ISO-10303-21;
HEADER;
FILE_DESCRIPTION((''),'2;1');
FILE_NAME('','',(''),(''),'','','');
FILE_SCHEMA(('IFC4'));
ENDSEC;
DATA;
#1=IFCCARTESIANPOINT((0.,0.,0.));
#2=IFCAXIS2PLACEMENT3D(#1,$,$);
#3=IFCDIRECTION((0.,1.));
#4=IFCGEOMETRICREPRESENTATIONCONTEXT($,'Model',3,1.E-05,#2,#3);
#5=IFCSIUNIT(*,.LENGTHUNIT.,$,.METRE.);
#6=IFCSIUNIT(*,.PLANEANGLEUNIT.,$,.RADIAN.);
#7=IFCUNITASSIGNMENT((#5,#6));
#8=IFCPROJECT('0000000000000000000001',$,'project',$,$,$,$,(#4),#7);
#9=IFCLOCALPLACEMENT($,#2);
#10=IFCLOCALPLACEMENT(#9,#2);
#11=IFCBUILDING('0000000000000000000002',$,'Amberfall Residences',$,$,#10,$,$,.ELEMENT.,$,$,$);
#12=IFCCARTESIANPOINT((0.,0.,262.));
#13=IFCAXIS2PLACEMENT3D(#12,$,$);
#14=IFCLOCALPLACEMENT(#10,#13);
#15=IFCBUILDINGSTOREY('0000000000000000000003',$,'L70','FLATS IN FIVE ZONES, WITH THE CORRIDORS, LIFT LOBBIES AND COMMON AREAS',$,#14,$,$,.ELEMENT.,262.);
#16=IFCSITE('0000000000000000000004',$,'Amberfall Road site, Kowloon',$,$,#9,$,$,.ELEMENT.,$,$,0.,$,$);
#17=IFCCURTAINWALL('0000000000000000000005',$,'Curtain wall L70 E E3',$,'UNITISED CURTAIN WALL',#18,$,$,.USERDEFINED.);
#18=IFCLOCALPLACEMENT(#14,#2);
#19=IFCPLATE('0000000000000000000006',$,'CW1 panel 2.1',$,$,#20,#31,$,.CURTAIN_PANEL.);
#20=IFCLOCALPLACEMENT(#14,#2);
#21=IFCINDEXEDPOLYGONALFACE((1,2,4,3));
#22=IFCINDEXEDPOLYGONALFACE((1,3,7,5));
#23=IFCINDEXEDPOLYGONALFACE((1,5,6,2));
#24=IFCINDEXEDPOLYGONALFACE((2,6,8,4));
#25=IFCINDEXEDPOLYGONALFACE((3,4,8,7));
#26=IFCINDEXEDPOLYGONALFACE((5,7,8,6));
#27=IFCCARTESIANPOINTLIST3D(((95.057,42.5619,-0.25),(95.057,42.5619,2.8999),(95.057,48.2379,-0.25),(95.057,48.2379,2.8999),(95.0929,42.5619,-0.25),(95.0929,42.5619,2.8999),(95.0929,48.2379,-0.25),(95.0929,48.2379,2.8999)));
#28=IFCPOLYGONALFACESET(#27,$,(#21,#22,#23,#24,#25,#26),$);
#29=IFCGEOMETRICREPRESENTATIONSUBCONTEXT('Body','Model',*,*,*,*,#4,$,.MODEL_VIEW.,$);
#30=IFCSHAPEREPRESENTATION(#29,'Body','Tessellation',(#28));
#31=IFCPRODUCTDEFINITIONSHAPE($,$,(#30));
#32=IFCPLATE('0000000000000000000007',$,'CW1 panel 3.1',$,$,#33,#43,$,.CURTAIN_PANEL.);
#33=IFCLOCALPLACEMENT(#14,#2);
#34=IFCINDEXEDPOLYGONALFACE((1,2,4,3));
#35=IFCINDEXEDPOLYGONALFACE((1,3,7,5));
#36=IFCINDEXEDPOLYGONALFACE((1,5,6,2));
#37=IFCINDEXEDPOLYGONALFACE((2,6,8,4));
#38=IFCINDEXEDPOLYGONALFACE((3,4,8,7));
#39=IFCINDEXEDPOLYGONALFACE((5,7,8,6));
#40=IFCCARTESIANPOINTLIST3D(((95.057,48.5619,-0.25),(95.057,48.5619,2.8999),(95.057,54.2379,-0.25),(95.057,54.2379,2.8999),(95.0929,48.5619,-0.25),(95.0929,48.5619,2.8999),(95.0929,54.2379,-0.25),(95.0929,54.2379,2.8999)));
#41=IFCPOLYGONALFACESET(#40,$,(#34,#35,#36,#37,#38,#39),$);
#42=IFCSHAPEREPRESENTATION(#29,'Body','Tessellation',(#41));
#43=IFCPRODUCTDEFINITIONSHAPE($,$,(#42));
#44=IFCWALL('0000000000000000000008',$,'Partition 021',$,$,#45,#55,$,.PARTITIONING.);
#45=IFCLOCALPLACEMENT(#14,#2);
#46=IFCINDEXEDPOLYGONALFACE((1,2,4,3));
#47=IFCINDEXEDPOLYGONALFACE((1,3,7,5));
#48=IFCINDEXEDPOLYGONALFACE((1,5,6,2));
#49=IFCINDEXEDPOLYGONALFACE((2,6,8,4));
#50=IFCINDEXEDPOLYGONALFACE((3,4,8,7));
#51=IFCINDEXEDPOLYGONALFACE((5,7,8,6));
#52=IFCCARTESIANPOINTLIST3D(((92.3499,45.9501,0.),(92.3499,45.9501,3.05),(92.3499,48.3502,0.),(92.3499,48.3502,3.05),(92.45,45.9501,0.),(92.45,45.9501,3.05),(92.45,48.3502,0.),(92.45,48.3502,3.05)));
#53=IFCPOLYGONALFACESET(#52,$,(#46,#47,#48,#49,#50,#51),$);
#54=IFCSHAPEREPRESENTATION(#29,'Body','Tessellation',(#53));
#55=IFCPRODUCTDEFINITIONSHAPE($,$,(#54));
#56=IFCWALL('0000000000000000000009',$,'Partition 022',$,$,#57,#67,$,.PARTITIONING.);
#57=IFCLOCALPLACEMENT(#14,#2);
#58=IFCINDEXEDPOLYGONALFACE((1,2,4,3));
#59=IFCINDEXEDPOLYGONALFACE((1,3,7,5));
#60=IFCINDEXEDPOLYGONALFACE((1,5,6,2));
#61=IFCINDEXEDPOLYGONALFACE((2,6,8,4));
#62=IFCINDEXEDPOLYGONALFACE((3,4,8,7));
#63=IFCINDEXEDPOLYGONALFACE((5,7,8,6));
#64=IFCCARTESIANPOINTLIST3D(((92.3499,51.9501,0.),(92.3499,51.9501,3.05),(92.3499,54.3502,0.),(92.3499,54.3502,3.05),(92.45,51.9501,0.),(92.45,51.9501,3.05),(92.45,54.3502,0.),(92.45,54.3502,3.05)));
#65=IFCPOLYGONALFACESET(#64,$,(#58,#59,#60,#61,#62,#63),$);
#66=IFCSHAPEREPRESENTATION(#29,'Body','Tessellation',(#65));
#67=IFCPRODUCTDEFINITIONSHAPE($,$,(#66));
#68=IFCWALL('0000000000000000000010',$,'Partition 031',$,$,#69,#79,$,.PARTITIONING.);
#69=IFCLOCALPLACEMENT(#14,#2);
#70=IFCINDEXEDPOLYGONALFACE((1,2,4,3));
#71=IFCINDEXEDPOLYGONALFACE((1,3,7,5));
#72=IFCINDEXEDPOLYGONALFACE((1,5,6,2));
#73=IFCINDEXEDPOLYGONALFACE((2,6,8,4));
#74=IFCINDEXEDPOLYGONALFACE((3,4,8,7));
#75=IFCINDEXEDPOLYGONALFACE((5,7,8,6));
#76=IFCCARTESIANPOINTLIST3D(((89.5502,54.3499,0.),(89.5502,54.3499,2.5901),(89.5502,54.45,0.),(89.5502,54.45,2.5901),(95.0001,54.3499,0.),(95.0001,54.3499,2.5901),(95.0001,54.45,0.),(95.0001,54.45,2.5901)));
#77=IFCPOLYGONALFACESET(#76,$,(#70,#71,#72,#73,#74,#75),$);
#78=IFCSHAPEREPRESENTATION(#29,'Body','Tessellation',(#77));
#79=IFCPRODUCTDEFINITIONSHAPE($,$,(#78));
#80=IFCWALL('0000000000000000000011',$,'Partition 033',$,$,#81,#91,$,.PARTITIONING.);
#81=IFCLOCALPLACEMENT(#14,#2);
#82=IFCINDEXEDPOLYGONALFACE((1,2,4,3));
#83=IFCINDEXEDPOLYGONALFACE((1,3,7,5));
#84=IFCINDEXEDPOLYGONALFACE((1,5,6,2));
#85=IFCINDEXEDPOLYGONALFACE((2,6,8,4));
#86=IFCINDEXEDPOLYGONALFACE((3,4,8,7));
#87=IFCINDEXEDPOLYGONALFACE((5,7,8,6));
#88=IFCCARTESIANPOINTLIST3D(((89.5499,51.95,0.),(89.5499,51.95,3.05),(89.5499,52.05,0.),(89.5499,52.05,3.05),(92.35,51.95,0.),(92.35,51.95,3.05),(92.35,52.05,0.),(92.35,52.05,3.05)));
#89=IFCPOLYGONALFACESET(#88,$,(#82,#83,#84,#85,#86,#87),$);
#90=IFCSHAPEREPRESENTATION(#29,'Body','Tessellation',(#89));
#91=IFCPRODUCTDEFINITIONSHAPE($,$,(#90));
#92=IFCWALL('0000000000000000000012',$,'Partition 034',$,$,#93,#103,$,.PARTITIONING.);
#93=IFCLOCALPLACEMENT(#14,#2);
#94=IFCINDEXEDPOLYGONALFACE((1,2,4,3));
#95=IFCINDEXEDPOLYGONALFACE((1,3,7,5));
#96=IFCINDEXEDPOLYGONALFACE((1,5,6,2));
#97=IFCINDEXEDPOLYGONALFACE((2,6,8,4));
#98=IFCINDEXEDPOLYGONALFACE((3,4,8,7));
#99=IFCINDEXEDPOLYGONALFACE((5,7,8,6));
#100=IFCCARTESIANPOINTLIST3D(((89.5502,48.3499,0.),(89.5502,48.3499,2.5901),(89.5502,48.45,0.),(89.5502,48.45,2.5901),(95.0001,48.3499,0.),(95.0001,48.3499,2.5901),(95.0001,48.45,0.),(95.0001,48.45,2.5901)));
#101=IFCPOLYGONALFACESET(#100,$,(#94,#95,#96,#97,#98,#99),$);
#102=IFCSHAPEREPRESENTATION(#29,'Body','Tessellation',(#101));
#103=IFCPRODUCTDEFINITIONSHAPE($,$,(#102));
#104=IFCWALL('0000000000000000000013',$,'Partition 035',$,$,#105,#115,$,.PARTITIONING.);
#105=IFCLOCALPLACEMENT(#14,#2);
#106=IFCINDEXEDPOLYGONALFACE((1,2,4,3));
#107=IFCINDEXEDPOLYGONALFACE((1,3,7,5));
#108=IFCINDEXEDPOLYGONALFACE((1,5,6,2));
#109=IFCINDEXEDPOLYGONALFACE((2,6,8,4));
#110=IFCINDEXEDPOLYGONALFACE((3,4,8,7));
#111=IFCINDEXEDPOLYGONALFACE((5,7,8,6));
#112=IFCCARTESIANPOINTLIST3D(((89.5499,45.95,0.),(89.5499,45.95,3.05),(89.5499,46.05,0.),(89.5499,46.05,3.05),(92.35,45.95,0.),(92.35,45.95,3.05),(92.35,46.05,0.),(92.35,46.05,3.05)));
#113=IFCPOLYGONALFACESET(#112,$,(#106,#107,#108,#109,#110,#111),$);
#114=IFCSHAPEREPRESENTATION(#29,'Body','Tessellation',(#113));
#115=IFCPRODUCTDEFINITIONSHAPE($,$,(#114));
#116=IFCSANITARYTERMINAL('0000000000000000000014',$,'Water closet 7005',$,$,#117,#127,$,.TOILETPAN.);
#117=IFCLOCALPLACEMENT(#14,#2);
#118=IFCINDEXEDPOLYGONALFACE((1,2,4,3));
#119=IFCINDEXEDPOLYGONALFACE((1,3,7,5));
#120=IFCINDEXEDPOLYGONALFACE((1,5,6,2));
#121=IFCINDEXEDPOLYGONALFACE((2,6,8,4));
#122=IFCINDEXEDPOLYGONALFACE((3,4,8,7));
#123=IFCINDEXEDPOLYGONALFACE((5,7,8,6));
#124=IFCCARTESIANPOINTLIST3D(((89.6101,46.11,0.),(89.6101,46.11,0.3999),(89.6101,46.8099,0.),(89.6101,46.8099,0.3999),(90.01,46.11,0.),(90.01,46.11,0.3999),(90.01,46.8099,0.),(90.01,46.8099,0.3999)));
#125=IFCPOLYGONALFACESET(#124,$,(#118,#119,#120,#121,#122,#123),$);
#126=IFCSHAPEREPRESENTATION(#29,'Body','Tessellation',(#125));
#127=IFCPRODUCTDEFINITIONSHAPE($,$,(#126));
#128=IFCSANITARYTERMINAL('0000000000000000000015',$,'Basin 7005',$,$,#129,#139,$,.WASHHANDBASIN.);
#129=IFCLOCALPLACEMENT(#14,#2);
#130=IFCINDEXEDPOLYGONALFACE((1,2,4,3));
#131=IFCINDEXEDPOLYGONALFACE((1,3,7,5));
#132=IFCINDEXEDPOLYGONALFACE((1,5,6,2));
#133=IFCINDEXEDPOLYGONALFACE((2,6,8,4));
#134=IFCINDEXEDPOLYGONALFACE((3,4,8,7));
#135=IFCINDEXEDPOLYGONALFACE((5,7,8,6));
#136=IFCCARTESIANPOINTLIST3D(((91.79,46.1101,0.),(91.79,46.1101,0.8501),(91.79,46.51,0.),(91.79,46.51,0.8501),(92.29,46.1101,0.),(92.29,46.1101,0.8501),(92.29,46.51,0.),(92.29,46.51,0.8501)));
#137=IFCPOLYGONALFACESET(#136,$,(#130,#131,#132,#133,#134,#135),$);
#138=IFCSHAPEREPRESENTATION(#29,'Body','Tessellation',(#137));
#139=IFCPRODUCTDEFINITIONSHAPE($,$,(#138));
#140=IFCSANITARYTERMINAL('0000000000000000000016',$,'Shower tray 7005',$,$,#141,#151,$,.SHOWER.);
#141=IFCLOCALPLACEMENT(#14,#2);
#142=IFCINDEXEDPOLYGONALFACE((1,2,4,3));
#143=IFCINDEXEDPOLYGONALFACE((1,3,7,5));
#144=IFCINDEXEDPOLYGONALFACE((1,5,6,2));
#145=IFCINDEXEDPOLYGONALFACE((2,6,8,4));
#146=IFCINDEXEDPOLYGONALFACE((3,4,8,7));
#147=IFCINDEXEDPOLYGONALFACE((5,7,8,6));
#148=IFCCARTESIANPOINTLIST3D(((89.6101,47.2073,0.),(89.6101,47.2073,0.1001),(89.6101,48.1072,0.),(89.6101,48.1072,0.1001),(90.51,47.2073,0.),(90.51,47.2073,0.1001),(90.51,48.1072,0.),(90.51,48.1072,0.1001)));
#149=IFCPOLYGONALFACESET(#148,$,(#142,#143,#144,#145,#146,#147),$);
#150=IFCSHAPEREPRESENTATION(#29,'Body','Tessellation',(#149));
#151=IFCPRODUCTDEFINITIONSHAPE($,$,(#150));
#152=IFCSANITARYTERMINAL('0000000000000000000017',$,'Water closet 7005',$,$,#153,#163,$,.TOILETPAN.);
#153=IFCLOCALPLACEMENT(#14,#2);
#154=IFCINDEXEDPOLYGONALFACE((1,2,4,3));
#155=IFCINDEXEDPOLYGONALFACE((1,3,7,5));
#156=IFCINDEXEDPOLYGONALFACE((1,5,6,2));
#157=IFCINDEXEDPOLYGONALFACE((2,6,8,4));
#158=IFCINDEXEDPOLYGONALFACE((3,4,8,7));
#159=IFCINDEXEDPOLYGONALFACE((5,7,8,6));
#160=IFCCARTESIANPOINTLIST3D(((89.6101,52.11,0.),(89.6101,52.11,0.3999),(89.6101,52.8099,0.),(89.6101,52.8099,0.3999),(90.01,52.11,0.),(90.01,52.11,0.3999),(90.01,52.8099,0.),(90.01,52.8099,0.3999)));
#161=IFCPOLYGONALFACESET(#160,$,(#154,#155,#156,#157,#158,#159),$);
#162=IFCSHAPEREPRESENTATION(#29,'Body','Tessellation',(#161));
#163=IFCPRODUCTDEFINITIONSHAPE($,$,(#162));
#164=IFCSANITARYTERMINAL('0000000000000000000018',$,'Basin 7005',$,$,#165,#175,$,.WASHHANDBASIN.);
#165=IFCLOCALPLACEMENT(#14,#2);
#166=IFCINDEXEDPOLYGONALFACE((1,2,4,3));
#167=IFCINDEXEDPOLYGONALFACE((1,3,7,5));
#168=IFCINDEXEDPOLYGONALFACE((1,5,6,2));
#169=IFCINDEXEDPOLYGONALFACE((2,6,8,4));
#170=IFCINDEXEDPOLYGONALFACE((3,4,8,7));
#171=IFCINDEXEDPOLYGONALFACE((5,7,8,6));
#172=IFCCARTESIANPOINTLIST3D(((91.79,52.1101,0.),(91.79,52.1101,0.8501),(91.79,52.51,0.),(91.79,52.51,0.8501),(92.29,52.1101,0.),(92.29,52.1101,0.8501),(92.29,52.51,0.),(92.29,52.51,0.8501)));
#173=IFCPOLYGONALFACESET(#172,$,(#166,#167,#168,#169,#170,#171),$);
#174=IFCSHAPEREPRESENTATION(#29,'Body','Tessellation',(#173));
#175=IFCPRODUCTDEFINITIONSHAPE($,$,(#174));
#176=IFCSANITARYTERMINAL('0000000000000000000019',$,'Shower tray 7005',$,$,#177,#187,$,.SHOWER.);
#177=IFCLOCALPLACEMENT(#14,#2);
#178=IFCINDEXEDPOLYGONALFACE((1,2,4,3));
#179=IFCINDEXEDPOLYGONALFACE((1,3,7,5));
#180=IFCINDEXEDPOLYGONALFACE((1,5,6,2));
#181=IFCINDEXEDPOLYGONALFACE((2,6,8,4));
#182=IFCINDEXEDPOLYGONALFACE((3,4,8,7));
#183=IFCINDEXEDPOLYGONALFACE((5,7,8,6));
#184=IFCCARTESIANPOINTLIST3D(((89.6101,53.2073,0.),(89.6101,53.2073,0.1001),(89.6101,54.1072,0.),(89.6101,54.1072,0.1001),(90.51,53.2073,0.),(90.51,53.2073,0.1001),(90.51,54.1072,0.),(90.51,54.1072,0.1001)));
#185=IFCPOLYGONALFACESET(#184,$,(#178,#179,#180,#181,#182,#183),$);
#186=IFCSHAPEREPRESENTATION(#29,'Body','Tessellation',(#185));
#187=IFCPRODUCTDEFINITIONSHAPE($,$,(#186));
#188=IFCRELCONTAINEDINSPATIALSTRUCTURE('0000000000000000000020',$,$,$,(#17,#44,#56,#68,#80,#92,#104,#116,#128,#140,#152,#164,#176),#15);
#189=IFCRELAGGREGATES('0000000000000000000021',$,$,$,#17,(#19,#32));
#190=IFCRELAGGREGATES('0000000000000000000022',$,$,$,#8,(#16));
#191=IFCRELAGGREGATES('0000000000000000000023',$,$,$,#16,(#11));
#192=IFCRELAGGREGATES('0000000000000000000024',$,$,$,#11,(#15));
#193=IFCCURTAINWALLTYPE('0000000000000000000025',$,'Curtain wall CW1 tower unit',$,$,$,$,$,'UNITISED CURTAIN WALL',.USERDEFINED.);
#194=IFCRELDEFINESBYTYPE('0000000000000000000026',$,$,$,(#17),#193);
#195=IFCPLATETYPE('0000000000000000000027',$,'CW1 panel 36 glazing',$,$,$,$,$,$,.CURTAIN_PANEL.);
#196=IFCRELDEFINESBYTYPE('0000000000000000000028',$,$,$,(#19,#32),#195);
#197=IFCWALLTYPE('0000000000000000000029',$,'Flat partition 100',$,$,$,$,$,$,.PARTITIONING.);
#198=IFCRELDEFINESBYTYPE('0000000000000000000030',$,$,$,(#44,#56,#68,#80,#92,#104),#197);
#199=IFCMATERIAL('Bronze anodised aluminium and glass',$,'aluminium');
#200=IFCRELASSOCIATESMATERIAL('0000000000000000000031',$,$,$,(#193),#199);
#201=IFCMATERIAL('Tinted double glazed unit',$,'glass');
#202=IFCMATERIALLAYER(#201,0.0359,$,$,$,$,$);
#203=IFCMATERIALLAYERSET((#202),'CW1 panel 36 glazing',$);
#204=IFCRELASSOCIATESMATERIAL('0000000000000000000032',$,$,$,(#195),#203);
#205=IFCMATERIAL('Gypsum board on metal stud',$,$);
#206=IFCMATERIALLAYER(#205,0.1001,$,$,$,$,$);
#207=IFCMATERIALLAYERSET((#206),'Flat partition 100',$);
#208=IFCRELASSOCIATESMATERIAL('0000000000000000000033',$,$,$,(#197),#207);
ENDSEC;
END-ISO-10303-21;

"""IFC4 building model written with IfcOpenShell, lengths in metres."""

from ifc_helpers import new_model, si_unit, direction, frame, frame_2d, origin, origin_2d, place, context, subcontext, project, spatial, rectangle, extrude, material, layer, layer_set, type_object, element, aggregate, save


model = new_model("IFC4")

# Units and contexts
model_context = context("Model", 3, precision=1e-05, world=origin(), true_north=direction((0.0, 1.0)))
body_context = subcontext(model_context, "Body", "Model", "MODEL_VIEW")
ifc_project = project(units=[si_unit("LENGTHUNIT", "METRE"), si_unit("PLANEANGLEUNIT", "RADIAN")], contexts=[model_context])

# Site, building, storey
site_placement = place(None, origin())
site = spatial("IfcSite", under=ifc_project, at=site_placement, Name="Amberfall Road site, Kowloon", CompositionType="ELEMENT", RefElevation=0.0)
building_placement = place(site_placement, origin())
building = spatial("IfcBuilding", under=site, at=building_placement, Name="Amberfall Residences", CompositionType="ELEMENT")
storey_placement = place(building_placement, frame((0.0, 0.0, 262.0)))
storey = spatial("IfcBuildingStorey", under=building, at=storey_placement, Name="L70", Description="FLATS IN FIVE ZONES, WITH THE CORRIDORS, LIFT LOBBIES AND COMMON AREAS", CompositionType="ELEMENT", Elevation=262.0)

# Curtain wall
ifc_material_1 = material(Name="Bronze anodised aluminium and glass", Category="aluminium")
curtain_wall_type = type_object("IfcCurtainWallType", Name="Curtain wall CW1 tower unit", ElementType="UNITISED CURTAIN WALL", PredefinedType="USERDEFINED", material=ifc_material_1)
curtain_wall_placement = place(storey_placement, origin())
curtain_wall = element("IfcCurtainWall", 1, at=curtain_wall_placement, inside=storey, type_object=curtain_wall_type, Name="Curtain wall L70 E E3", ObjectType="UNITISED CURTAIN WALL", PredefinedType="USERDEFINED")

# Plates
ifc_material_2 = material(Name="Tinted double glazed unit", Category="glass")
ifc_layer_1 = layer(ifc_material_2, 0.0359)
ifc_layer_set_1 = layer_set([ifc_layer_1], Name="CW1 panel 36 glazing")
plate_type = type_object("IfcPlateType", Name="CW1 panel 36 glazing", PredefinedType="CURTAIN_PANEL", material=ifc_layer_set_1)
plate_1_placement = place(storey_placement, frame((95.075, 45.3999, -0.25), z_axis=(0.0, 0.0, 1.0), x_axis=(0.0, 1.0, 0.0)))
plate_1 = element("IfcPlate", 2, at=plate_1_placement, type_object=plate_type, Name="CW1 panel 2.1", PredefinedType="CURTAIN_PANEL", context=body_context, shape_type="SweptSolid", body=[
    extrude(rectangle(XDim=5.676, YDim=0.0359, at=origin_2d()), origin(), (0.0, 0.0, 1.0), 3.1499),
])
plate_2_placement = place(storey_placement, frame((95.075, 51.3999, -0.25), z_axis=(0.0, 0.0, 1.0), x_axis=(0.0, 1.0, 0.0)))
plate_2 = element("IfcPlate", 3, at=plate_2_placement, type_object=plate_type, Name="CW1 panel 3.1", PredefinedType="CURTAIN_PANEL", context=body_context, shape_type="SweptSolid", body=[
    extrude(rectangle(XDim=5.676, YDim=0.0359, at=origin_2d()), origin(), (0.0, 0.0, 1.0), 3.1499),
])
aggregate(curtain_wall, [plate_1, plate_2])

# Walls
ifc_material_3 = material(Name="Gypsum board on metal stud")
ifc_layer_2 = layer(ifc_material_3, 0.1001)
ifc_layer_set_2 = layer_set([ifc_layer_2], Name="Flat partition 100")
wall_type = type_object("IfcWallType", Name="Flat partition 100", PredefinedType="PARTITIONING", material=ifc_layer_set_2)
for number, where, z_axis, x_axis, name in (
    (4, (92.3999, 45.95, 0.0), (0.0, 0.0, 1.0), (0.0, 1.0, 0.0), "Partition 021"),
    (5, (92.3999, 51.95, 0.0), (0.0, 0.0, 1.0), (0.0, 1.0, 0.0), "Partition 022"),
):
    element("IfcWall", number, at=place(storey_placement, frame(where, z_axis=z_axis, x_axis=x_axis)), inside=storey, type_object=wall_type, Name=name, PredefinedType="PARTITIONING", context=body_context, shape_type="SweptSolid", body=[
        extrude(rectangle(XDim=2.4001, YDim=0.1001, at=frame_2d((1.2002, 0.0))), origin(), (0.0, 0.0, 1.0), 3.05),
    ])
wall_1_placement = place(storey_placement, frame((89.55, 54.3999, 0.0), z_axis=(0.0, 0.0, 1.0), x_axis=(1.0, 0.0, 0.0)))
element("IfcWall", 6, at=wall_1_placement, inside=storey, type_object=wall_type, Name="Partition 031", PredefinedType="PARTITIONING", context=body_context, shape_type="SweptSolid", body=[
    extrude(rectangle(XDim=5.45, YDim=0.1001, at=frame_2d((2.7251, 0.0))), origin(), (0.0, 0.0, 1.0), 2.5901),
])
wall_2_placement = place(storey_placement, frame((89.55, 52.0, 0.0), z_axis=(0.0, 0.0, 1.0), x_axis=(1.0, 0.0, 0.0)))
element("IfcWall", 7, at=wall_2_placement, inside=storey, type_object=wall_type, Name="Partition 033", PredefinedType="PARTITIONING", context=body_context, shape_type="SweptSolid", body=[
    extrude(rectangle(XDim=2.8, YDim=0.1001, at=frame_2d((1.3999, 0.0))), origin(), (0.0, 0.0, 1.0), 3.05),
])
wall_3_placement = place(storey_placement, frame((89.55, 48.3999, 0.0), z_axis=(0.0, 0.0, 1.0), x_axis=(1.0, 0.0, 0.0)))
element("IfcWall", 8, at=wall_3_placement, inside=storey, type_object=wall_type, Name="Partition 034", PredefinedType="PARTITIONING", context=body_context, shape_type="SweptSolid", body=[
    extrude(rectangle(XDim=5.45, YDim=0.1001, at=frame_2d((2.7251, 0.0))), origin(), (0.0, 0.0, 1.0), 2.5901),
])
wall_4_placement = place(storey_placement, frame((89.55, 46.0, 0.0), z_axis=(0.0, 0.0, 1.0), x_axis=(1.0, 0.0, 0.0)))
element("IfcWall", 9, at=wall_4_placement, inside=storey, type_object=wall_type, Name="Partition 035", PredefinedType="PARTITIONING", context=body_context, shape_type="SweptSolid", body=[
    extrude(rectangle(XDim=2.8, YDim=0.1001, at=frame_2d((1.3999, 0.0))), origin(), (0.0, 0.0, 1.0), 3.05),
])

# Sanitary terminals
sanitary_terminal_1_placement = place(storey_placement, frame((89.8101, 46.46, 0.0), z_axis=(0.0, 0.0, 1.0), x_axis=(1.0, 0.0, 0.0)))
element("IfcSanitaryTerminal", 10, at=sanitary_terminal_1_placement, inside=storey, Name="Water closet 7005", PredefinedType="TOILETPAN", context=body_context, shape_type="SweptSolid", body=[
    extrude(rectangle(XDim=0.3999, YDim=0.7, at=origin_2d()), origin(), (0.0, 0.0, 1.0), 0.3999),
])
sanitary_terminal_2_placement = place(storey_placement, frame((92.04, 46.3101, 0.0), z_axis=(0.0, 0.0, 1.0), x_axis=(1.0, 0.0, 0.0)))
element("IfcSanitaryTerminal", 11, at=sanitary_terminal_2_placement, inside=storey, Name="Basin 7005", PredefinedType="WASHHANDBASIN", context=body_context, shape_type="SweptSolid", body=[
    extrude(rectangle(XDim=0.5, YDim=0.3999, at=origin_2d()), origin(), (0.0, 0.0, 1.0), 0.8501),
])
sanitary_terminal_3_placement = place(storey_placement, frame((90.0601, 47.6572, 0.0), z_axis=(0.0, 0.0, 1.0), x_axis=(1.0, 0.0, 0.0)))
element("IfcSanitaryTerminal", 12, at=sanitary_terminal_3_placement, inside=storey, Name="Shower tray 7005", PredefinedType="SHOWER", context=body_context, shape_type="SweptSolid", body=[
    extrude(rectangle(XDim=0.8999, YDim=0.8999, at=origin_2d()), origin(), (0.0, 0.0, 1.0), 0.1001),
])
sanitary_terminal_4_placement = place(storey_placement, frame((89.8101, 52.46, 0.0), z_axis=(0.0, 0.0, 1.0), x_axis=(1.0, 0.0, 0.0)))
element("IfcSanitaryTerminal", 13, at=sanitary_terminal_4_placement, inside=storey, Name="Water closet 7005", PredefinedType="TOILETPAN", context=body_context, shape_type="SweptSolid", body=[
    extrude(rectangle(XDim=0.3999, YDim=0.7, at=origin_2d()), origin(), (0.0, 0.0, 1.0), 0.3999),
])
sanitary_terminal_5_placement = place(storey_placement, frame((92.04, 52.3101, 0.0), z_axis=(0.0, 0.0, 1.0), x_axis=(1.0, 0.0, 0.0)))
element("IfcSanitaryTerminal", 14, at=sanitary_terminal_5_placement, inside=storey, Name="Basin 7005", PredefinedType="WASHHANDBASIN", context=body_context, shape_type="SweptSolid", body=[
    extrude(rectangle(XDim=0.5, YDim=0.3999, at=origin_2d()), origin(), (0.0, 0.0, 1.0), 0.8501),
])
sanitary_terminal_6_placement = place(storey_placement, frame((90.0601, 53.6572, 0.0), z_axis=(0.0, 0.0, 1.0), x_axis=(1.0, 0.0, 0.0)))
element("IfcSanitaryTerminal", 15, at=sanitary_terminal_6_placement, inside=storey, Name="Shower tray 7005", PredefinedType="SHOWER", context=body_context, shape_type="SweptSolid", body=[
    extrude(rectangle(XDim=0.8999, YDim=0.8999, at=origin_2d()), origin(), (0.0, 0.0, 1.0), 0.1001),
])

save(model, "model.ifc")
